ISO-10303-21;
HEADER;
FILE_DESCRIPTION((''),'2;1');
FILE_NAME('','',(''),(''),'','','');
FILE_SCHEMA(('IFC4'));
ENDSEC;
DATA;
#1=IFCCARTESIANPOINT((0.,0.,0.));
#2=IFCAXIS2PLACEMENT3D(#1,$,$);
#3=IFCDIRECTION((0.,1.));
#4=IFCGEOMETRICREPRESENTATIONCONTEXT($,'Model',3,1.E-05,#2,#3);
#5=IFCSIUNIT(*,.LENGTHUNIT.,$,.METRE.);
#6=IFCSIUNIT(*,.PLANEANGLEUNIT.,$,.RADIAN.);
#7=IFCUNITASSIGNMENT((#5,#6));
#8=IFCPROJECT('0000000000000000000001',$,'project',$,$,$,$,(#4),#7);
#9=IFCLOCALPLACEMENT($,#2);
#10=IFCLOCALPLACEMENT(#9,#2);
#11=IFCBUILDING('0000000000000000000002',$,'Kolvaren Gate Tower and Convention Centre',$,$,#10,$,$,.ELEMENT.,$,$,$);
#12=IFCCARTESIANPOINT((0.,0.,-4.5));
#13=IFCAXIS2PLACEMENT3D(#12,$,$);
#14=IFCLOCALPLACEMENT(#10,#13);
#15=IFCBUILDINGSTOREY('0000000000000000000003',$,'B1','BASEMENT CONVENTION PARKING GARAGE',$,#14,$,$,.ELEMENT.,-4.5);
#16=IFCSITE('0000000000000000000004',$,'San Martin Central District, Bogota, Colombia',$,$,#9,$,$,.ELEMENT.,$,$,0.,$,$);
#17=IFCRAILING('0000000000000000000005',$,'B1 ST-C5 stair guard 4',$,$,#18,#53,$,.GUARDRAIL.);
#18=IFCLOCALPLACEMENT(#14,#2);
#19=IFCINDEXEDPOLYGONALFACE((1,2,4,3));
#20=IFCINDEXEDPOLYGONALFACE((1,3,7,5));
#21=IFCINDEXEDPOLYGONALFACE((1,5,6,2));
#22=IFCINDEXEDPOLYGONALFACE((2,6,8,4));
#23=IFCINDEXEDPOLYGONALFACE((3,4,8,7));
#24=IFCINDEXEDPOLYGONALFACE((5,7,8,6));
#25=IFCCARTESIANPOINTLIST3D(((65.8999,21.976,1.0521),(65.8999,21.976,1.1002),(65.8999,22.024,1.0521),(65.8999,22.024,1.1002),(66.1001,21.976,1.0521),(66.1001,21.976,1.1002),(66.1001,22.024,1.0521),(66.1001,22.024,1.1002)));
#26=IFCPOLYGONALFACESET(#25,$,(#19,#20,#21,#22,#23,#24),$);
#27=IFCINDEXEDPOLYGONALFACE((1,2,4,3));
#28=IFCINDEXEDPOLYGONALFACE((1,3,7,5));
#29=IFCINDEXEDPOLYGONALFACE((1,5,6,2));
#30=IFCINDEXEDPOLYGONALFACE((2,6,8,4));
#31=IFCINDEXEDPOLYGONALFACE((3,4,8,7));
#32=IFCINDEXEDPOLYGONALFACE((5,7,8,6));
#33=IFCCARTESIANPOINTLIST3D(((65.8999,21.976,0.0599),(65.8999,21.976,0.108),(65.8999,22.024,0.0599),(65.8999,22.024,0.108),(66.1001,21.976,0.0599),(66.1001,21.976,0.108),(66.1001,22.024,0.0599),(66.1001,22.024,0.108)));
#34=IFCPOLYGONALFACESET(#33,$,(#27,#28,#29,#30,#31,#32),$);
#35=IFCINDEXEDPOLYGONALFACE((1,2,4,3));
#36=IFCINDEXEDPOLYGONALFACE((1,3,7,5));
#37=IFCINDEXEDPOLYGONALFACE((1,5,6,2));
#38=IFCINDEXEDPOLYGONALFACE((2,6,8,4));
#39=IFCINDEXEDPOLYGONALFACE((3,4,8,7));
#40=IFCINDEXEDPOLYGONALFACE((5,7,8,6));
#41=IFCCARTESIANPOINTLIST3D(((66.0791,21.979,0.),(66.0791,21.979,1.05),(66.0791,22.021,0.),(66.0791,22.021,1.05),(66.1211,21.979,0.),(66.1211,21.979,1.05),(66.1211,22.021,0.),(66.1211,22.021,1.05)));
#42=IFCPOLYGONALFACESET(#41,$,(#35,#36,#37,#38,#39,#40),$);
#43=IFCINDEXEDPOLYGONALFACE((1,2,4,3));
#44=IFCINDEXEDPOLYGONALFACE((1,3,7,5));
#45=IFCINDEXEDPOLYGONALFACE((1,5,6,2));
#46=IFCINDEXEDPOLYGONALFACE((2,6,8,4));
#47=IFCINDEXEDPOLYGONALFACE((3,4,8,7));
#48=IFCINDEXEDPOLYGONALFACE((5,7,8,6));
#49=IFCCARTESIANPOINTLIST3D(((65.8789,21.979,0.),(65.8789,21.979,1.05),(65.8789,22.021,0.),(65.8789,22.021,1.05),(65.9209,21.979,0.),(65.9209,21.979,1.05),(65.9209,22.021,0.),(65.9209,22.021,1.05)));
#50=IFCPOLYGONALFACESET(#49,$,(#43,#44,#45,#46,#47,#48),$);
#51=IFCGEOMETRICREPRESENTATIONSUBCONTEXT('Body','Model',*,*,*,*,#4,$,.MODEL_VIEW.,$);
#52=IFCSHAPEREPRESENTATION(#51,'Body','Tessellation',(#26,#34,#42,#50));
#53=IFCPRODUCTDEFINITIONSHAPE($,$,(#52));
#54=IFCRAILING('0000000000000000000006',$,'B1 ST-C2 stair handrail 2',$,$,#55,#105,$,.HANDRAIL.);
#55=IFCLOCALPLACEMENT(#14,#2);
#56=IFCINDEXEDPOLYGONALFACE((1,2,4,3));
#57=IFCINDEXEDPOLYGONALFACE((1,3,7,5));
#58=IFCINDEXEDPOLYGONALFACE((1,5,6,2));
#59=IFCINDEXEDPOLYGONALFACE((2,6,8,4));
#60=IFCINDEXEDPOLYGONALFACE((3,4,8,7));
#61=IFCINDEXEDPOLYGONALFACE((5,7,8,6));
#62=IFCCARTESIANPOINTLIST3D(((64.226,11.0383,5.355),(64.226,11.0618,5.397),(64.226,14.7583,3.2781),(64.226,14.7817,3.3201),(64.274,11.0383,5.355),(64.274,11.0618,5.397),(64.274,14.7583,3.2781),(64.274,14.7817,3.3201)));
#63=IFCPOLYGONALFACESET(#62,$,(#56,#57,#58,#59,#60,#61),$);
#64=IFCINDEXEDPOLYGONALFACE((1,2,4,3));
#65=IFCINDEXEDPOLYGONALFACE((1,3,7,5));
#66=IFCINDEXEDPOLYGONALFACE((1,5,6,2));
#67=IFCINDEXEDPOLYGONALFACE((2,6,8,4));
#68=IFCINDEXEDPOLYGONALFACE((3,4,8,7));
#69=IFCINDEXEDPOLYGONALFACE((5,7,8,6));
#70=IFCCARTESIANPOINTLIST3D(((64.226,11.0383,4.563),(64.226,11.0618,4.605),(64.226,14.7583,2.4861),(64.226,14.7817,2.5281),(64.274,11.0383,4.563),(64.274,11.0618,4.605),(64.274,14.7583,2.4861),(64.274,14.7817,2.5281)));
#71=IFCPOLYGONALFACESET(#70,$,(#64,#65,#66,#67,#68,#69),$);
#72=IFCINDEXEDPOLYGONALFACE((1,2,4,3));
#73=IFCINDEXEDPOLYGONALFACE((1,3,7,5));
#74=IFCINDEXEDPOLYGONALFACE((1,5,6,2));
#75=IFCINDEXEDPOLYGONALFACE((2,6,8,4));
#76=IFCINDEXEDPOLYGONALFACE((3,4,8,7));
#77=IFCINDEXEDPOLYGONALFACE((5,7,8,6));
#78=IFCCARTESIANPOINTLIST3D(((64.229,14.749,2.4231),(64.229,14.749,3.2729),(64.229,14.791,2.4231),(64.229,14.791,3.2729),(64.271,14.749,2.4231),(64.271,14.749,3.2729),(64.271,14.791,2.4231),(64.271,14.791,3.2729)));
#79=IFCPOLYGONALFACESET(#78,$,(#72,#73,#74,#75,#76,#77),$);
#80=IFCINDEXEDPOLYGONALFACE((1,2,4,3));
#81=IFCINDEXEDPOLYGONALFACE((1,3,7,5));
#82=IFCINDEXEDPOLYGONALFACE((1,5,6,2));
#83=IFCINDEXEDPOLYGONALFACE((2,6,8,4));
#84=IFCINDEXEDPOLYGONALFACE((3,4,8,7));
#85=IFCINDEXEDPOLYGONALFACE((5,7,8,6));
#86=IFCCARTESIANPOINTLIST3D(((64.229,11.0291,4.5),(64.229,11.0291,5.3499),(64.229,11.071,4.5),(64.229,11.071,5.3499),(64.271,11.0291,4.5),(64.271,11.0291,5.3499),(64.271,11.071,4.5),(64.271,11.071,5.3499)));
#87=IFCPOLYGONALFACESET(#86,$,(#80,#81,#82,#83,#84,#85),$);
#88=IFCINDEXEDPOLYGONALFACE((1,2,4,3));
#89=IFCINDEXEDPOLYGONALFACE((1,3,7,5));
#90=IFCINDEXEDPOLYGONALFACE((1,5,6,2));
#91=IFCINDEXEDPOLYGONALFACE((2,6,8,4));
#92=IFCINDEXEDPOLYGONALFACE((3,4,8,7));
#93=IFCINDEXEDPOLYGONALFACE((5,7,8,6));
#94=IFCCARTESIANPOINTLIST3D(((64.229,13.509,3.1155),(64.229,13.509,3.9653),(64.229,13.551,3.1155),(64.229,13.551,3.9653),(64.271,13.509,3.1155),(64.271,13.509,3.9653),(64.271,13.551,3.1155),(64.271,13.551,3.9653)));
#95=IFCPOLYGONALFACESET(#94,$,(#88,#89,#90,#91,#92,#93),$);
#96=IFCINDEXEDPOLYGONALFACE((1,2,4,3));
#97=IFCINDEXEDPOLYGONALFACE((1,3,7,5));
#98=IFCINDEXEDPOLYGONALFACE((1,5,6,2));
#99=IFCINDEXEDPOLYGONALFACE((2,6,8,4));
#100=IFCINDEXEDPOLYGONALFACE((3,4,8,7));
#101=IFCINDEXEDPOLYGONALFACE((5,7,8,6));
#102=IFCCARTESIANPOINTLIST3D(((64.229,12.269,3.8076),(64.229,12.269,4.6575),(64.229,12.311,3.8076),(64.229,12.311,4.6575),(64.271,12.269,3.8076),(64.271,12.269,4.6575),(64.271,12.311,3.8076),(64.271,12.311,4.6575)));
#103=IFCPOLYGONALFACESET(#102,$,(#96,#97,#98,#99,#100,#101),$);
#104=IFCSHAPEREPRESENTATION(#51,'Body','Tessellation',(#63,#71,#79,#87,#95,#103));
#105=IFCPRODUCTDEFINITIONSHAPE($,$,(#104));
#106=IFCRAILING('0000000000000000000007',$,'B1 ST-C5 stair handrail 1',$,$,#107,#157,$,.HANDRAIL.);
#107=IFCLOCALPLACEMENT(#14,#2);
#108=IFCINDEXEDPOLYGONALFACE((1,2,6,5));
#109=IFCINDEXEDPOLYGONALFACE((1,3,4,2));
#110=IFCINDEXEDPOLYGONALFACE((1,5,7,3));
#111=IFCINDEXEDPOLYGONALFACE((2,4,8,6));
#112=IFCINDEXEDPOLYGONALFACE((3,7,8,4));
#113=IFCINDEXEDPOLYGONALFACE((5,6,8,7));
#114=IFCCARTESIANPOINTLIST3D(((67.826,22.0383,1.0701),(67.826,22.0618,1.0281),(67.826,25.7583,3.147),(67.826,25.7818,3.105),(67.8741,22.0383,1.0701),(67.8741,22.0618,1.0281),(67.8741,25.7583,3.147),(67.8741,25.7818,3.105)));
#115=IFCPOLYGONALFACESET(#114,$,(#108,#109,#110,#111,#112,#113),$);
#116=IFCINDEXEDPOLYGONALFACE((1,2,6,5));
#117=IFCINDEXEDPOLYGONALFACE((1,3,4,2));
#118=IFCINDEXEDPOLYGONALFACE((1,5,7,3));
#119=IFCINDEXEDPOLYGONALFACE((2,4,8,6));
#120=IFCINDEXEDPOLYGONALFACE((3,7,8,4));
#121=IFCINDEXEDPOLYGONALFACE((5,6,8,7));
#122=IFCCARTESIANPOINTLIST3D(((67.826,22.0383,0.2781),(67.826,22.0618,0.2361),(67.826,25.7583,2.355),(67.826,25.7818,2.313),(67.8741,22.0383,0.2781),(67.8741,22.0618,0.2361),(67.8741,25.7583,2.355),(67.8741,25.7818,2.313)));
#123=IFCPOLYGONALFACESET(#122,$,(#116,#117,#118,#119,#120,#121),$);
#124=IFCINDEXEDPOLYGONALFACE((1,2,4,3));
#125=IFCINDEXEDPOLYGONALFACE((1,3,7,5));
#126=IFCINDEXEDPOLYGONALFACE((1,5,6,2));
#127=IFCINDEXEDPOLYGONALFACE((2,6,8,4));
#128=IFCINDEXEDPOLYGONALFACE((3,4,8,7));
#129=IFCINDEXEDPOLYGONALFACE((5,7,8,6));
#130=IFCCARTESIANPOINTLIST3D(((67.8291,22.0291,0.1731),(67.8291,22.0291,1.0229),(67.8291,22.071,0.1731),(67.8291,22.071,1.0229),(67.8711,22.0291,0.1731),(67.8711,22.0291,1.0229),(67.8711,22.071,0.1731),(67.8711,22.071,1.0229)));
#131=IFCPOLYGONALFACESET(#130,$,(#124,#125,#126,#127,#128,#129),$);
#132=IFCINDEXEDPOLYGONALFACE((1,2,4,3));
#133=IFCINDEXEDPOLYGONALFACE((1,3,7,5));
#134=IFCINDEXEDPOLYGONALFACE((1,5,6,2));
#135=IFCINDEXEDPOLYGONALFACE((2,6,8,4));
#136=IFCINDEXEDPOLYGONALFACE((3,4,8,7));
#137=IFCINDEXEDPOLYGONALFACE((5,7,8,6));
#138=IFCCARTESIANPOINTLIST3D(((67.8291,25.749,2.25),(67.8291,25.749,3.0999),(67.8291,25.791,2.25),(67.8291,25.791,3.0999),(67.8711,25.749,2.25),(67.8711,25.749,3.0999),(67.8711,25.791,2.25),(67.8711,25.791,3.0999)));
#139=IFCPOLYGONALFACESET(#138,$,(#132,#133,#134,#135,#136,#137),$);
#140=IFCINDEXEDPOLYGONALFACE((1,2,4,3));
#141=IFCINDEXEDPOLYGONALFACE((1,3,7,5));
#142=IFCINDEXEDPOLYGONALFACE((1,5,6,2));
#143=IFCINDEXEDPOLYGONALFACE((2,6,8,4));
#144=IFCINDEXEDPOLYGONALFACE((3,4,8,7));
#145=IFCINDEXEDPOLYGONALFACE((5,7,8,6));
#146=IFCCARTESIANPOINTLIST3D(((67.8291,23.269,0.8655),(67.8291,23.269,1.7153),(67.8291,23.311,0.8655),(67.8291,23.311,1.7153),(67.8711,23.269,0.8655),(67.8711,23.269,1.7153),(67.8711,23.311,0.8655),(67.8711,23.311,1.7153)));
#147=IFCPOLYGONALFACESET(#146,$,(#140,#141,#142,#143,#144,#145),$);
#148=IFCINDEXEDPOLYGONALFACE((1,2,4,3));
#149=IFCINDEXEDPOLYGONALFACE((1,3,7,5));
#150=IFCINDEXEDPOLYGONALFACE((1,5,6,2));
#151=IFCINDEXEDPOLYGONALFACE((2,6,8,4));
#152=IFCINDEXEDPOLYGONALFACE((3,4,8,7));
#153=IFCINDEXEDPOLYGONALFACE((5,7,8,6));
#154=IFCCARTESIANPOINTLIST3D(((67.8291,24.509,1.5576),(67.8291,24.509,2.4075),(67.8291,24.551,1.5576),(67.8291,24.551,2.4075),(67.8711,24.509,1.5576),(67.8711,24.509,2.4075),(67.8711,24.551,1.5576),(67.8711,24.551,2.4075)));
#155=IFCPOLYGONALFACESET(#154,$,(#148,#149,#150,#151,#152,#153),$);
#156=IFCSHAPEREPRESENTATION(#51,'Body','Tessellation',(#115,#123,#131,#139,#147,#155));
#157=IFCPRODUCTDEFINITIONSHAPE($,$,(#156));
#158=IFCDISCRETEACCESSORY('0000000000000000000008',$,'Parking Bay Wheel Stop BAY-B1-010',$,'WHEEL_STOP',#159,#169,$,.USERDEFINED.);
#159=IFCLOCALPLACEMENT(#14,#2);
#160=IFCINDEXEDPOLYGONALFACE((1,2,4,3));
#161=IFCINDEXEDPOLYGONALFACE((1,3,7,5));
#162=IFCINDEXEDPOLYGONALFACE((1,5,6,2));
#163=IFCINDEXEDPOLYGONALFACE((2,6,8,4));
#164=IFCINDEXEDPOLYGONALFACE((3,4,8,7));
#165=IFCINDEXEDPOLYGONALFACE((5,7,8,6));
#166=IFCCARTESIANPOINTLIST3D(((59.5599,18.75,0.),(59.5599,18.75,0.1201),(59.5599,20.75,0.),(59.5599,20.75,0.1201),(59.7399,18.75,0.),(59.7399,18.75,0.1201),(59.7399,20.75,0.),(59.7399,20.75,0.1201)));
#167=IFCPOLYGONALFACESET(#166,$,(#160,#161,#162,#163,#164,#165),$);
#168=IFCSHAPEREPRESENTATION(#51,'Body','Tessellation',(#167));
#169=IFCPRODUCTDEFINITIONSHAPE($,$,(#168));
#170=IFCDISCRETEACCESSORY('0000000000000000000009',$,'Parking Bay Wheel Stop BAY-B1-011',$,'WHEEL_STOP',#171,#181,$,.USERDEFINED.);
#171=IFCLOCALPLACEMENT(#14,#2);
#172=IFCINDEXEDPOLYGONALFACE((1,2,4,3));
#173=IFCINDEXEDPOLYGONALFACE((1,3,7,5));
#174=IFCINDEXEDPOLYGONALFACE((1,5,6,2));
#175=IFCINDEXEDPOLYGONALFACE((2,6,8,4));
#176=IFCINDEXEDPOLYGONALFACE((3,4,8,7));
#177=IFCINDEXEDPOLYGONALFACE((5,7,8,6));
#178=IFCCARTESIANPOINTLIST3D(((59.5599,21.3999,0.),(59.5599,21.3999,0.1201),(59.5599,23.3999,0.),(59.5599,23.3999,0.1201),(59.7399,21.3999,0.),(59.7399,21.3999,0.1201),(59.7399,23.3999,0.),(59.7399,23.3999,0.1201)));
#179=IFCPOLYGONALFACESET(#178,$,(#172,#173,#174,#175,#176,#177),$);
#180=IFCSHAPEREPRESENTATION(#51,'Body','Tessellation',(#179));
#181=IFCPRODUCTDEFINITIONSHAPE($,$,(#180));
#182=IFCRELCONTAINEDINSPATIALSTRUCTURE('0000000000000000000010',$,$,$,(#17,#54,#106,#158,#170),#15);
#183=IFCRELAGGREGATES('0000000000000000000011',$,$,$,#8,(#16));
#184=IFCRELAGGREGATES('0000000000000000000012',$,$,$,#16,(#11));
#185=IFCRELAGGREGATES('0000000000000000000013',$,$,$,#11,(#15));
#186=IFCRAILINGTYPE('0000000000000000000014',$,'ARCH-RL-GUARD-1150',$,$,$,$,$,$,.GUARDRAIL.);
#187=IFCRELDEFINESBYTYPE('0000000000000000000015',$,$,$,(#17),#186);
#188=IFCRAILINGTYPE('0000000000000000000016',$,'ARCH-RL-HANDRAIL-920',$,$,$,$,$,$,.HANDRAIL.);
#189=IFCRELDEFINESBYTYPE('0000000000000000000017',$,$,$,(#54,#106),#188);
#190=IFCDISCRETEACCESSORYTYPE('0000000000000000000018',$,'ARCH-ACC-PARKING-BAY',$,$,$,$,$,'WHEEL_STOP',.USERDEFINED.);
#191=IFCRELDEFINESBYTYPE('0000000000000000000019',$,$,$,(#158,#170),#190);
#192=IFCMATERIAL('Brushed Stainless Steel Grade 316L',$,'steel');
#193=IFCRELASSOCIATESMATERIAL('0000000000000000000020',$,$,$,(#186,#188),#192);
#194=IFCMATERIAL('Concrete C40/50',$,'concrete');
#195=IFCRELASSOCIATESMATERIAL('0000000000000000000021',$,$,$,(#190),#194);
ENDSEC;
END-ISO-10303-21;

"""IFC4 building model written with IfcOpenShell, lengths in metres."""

from ifc_helpers import new_model, si_unit, direction, frame, origin, origin_2d, place, context, subcontext, project, spatial, rectangle, extrude, material, type_object, element, save


model = new_model("IFC4")

# Units and contexts
model_context = context("Model", 3, precision=1e-05, world=origin(), true_north=direction((0.0, 1.0)))
body_context = subcontext(model_context, "Body", "Model", "MODEL_VIEW")
ifc_project = project(units=[si_unit("LENGTHUNIT", "METRE"), si_unit("PLANEANGLEUNIT", "RADIAN")], contexts=[model_context])

# Site, building, storey
site_placement = place(None, origin())
site = spatial("IfcSite", under=ifc_project, at=site_placement, Name="San Martin Central District, Bogota, Colombia", CompositionType="ELEMENT", RefElevation=0.0)
building_placement = place(site_placement, origin())
building = spatial("IfcBuilding", under=site, at=building_placement, Name="Kolvaren Gate Tower and Convention Centre", CompositionType="ELEMENT")
storey_placement = place(building_placement, frame((0.0, 0.0, -4.5)))
storey = spatial("IfcBuildingStorey", under=building, at=storey_placement, Name="B1", Description="BASEMENT CONVENTION PARKING GARAGE", CompositionType="ELEMENT", Elevation=-4.5)

# Railings
ifc_material_1 = material(Name="Brushed Stainless Steel Grade 316L", Category="steel")
railing_type_1 = type_object("IfcRailingType", Name="ARCH-RL-GUARD-1150", PredefinedType="GUARDRAIL", material=ifc_material_1)
railing_1_placement = place(storey_placement, frame((66.1001, 22.0, 0.0)))
element("IfcRailing", 1, at=railing_1_placement, inside=storey, type_object=railing_type_1, Name="B1 ST-C5 stair guard 4", PredefinedType="GUARDRAIL", context=body_context, shape_type="SweptSolid", body=[
    extrude(rectangle(XDim=0.0481, YDim=0.0481, at=origin_2d()), frame((0.0, 0.0, 1.0762), z_axis=(-1.0, 0.0, 0.0), x_axis=(0.0, -1.0, 0.0)), (0.0, 0.0, 1.0), 0.2002),
    extrude(rectangle(XDim=0.0481, YDim=0.0481, at=origin_2d()), frame((0.0, 0.0, 0.084), z_axis=(-1.0, 0.0, 0.0), x_axis=(0.0, -1.0, 0.0)), (0.0, 0.0, 1.0), 0.2002),
    extrude(rectangle(XDim=0.042, YDim=0.042, at=origin_2d()), origin(), (0.0, 0.0, 1.0), 1.05),
    extrude(rectangle(XDim=0.042, YDim=0.042, at=origin_2d()), frame((-0.2002, 0.0, 0.0)), (0.0, 0.0, 1.0), 1.05),
])
railing_type_2 = type_object("IfcRailingType", Name="ARCH-RL-HANDRAIL-920", PredefinedType="HANDRAIL", material=ifc_material_1)
railing_2_placement = place(storey_placement, frame((64.25, 14.77, 2.4231)))
element("IfcRailing", 2, at=railing_2_placement, inside=storey, type_object=railing_type_2, Name="B1 ST-C2 stair handrail 2", PredefinedType="HANDRAIL", context=body_context, shape_type="SweptSolid", body=[
    extrude(rectangle(XDim=0.0481, YDim=0.0481, at=origin_2d()), frame((0.0, 0.0, 0.876), z_axis=(0.0, -0.873134, 0.487481), x_axis=(1.0, 0.0, 0.0)), (0.0, 0.0, 1.0), 4.2605),
    extrude(rectangle(XDim=0.0481, YDim=0.0481, at=origin_2d()), frame((0.0, 0.0, 0.084), z_axis=(0.0, -0.873134, 0.487481), x_axis=(1.0, 0.0, 0.0)), (0.0, 0.0, 1.0), 4.2605),
    extrude(rectangle(XDim=0.042, YDim=0.042, at=origin_2d()), origin(), (0.0, 0.0, 1.0), 0.8499),
    extrude(rectangle(XDim=0.042, YDim=0.042, at=origin_2d()), frame((0.0, -3.72, 2.0769)), (0.0, 0.0, 1.0), 0.8499),
    extrude(rectangle(XDim=0.042, YDim=0.042, at=origin_2d()), frame((0.0, -1.24, 0.6924)), (0.0, 0.0, 1.0), 0.8499),
    extrude(rectangle(XDim=0.042, YDim=0.042, at=origin_2d()), frame((0.0, -2.48, 1.3845)), (0.0, 0.0, 1.0), 0.8499),
])
railing_3_placement = place(storey_placement, frame((67.8501, 22.05, 0.1731)))
element("IfcRailing", 3, at=railing_3_placement, inside=storey, type_object=railing_type_2, Name="B1 ST-C5 stair handrail 1", PredefinedType="HANDRAIL", context=body_context, shape_type="SweptSolid", body=[
    extrude(rectangle(XDim=0.0481, YDim=0.0481, at=origin_2d()), frame((0.0, 0.0, 0.876), z_axis=(0.0, 0.873134, 0.487481), x_axis=(-1.0, 0.0, 0.0)), (0.0, 0.0, 1.0), 4.2605),
    extrude(rectangle(XDim=0.0481, YDim=0.0481, at=origin_2d()), frame((0.0, 0.0, 0.084), z_axis=(0.0, 0.873134, 0.487481), x_axis=(-1.0, 0.0, 0.0)), (0.0, 0.0, 1.0), 4.2605),
    extrude(rectangle(XDim=0.042, YDim=0.042, at=origin_2d()), origin(), (0.0, 0.0, 1.0), 0.8499),
    extrude(rectangle(XDim=0.042, YDim=0.042, at=origin_2d()), frame((0.0, 3.72, 2.0769)), (0.0, 0.0, 1.0), 0.8499),
    extrude(rectangle(XDim=0.042, YDim=0.042, at=origin_2d()), frame((0.0, 1.24, 0.6924)), (0.0, 0.0, 1.0), 0.8499),
    extrude(rectangle(XDim=0.042, YDim=0.042, at=origin_2d()), frame((0.0, 2.48, 1.3845)), (0.0, 0.0, 1.0), 0.8499),
])

# Discrete accessories
ifc_material_2 = material(Name="Concrete C40/50", Category="concrete")
discrete_accessory_type = type_object("IfcDiscreteAccessoryType", Name="ARCH-ACC-PARKING-BAY", ElementType="WHEEL_STOP", PredefinedType="USERDEFINED", material=ifc_material_2)
for number, where, z_axis, x_axis, name in (
    (4, (59.6499, 19.75, 0.0), (0.0, 0.0, 1.0), (0.0, 1.0, 0.0), "Parking Bay Wheel Stop BAY-B1-010"),
    (5, (59.6499, 22.3999, 0.0), (0.0, 0.0, 1.0), (0.0, 1.0, 0.0), "Parking Bay Wheel Stop BAY-B1-011"),
):
    element("IfcDiscreteAccessory", number, at=place(storey_placement, frame(where, z_axis=z_axis, x_axis=x_axis)), inside=storey, type_object=discrete_accessory_type, Name=name, ObjectType="WHEEL_STOP", PredefinedType="USERDEFINED", context=body_context, shape_type="SweptSolid", body=[
        extrude(rectangle(XDim=2.0, YDim=0.1799, at=origin_2d()), origin(), (0.0, 0.0, 1.0), 0.1201),
    ])

save(model, "model.ifc")
